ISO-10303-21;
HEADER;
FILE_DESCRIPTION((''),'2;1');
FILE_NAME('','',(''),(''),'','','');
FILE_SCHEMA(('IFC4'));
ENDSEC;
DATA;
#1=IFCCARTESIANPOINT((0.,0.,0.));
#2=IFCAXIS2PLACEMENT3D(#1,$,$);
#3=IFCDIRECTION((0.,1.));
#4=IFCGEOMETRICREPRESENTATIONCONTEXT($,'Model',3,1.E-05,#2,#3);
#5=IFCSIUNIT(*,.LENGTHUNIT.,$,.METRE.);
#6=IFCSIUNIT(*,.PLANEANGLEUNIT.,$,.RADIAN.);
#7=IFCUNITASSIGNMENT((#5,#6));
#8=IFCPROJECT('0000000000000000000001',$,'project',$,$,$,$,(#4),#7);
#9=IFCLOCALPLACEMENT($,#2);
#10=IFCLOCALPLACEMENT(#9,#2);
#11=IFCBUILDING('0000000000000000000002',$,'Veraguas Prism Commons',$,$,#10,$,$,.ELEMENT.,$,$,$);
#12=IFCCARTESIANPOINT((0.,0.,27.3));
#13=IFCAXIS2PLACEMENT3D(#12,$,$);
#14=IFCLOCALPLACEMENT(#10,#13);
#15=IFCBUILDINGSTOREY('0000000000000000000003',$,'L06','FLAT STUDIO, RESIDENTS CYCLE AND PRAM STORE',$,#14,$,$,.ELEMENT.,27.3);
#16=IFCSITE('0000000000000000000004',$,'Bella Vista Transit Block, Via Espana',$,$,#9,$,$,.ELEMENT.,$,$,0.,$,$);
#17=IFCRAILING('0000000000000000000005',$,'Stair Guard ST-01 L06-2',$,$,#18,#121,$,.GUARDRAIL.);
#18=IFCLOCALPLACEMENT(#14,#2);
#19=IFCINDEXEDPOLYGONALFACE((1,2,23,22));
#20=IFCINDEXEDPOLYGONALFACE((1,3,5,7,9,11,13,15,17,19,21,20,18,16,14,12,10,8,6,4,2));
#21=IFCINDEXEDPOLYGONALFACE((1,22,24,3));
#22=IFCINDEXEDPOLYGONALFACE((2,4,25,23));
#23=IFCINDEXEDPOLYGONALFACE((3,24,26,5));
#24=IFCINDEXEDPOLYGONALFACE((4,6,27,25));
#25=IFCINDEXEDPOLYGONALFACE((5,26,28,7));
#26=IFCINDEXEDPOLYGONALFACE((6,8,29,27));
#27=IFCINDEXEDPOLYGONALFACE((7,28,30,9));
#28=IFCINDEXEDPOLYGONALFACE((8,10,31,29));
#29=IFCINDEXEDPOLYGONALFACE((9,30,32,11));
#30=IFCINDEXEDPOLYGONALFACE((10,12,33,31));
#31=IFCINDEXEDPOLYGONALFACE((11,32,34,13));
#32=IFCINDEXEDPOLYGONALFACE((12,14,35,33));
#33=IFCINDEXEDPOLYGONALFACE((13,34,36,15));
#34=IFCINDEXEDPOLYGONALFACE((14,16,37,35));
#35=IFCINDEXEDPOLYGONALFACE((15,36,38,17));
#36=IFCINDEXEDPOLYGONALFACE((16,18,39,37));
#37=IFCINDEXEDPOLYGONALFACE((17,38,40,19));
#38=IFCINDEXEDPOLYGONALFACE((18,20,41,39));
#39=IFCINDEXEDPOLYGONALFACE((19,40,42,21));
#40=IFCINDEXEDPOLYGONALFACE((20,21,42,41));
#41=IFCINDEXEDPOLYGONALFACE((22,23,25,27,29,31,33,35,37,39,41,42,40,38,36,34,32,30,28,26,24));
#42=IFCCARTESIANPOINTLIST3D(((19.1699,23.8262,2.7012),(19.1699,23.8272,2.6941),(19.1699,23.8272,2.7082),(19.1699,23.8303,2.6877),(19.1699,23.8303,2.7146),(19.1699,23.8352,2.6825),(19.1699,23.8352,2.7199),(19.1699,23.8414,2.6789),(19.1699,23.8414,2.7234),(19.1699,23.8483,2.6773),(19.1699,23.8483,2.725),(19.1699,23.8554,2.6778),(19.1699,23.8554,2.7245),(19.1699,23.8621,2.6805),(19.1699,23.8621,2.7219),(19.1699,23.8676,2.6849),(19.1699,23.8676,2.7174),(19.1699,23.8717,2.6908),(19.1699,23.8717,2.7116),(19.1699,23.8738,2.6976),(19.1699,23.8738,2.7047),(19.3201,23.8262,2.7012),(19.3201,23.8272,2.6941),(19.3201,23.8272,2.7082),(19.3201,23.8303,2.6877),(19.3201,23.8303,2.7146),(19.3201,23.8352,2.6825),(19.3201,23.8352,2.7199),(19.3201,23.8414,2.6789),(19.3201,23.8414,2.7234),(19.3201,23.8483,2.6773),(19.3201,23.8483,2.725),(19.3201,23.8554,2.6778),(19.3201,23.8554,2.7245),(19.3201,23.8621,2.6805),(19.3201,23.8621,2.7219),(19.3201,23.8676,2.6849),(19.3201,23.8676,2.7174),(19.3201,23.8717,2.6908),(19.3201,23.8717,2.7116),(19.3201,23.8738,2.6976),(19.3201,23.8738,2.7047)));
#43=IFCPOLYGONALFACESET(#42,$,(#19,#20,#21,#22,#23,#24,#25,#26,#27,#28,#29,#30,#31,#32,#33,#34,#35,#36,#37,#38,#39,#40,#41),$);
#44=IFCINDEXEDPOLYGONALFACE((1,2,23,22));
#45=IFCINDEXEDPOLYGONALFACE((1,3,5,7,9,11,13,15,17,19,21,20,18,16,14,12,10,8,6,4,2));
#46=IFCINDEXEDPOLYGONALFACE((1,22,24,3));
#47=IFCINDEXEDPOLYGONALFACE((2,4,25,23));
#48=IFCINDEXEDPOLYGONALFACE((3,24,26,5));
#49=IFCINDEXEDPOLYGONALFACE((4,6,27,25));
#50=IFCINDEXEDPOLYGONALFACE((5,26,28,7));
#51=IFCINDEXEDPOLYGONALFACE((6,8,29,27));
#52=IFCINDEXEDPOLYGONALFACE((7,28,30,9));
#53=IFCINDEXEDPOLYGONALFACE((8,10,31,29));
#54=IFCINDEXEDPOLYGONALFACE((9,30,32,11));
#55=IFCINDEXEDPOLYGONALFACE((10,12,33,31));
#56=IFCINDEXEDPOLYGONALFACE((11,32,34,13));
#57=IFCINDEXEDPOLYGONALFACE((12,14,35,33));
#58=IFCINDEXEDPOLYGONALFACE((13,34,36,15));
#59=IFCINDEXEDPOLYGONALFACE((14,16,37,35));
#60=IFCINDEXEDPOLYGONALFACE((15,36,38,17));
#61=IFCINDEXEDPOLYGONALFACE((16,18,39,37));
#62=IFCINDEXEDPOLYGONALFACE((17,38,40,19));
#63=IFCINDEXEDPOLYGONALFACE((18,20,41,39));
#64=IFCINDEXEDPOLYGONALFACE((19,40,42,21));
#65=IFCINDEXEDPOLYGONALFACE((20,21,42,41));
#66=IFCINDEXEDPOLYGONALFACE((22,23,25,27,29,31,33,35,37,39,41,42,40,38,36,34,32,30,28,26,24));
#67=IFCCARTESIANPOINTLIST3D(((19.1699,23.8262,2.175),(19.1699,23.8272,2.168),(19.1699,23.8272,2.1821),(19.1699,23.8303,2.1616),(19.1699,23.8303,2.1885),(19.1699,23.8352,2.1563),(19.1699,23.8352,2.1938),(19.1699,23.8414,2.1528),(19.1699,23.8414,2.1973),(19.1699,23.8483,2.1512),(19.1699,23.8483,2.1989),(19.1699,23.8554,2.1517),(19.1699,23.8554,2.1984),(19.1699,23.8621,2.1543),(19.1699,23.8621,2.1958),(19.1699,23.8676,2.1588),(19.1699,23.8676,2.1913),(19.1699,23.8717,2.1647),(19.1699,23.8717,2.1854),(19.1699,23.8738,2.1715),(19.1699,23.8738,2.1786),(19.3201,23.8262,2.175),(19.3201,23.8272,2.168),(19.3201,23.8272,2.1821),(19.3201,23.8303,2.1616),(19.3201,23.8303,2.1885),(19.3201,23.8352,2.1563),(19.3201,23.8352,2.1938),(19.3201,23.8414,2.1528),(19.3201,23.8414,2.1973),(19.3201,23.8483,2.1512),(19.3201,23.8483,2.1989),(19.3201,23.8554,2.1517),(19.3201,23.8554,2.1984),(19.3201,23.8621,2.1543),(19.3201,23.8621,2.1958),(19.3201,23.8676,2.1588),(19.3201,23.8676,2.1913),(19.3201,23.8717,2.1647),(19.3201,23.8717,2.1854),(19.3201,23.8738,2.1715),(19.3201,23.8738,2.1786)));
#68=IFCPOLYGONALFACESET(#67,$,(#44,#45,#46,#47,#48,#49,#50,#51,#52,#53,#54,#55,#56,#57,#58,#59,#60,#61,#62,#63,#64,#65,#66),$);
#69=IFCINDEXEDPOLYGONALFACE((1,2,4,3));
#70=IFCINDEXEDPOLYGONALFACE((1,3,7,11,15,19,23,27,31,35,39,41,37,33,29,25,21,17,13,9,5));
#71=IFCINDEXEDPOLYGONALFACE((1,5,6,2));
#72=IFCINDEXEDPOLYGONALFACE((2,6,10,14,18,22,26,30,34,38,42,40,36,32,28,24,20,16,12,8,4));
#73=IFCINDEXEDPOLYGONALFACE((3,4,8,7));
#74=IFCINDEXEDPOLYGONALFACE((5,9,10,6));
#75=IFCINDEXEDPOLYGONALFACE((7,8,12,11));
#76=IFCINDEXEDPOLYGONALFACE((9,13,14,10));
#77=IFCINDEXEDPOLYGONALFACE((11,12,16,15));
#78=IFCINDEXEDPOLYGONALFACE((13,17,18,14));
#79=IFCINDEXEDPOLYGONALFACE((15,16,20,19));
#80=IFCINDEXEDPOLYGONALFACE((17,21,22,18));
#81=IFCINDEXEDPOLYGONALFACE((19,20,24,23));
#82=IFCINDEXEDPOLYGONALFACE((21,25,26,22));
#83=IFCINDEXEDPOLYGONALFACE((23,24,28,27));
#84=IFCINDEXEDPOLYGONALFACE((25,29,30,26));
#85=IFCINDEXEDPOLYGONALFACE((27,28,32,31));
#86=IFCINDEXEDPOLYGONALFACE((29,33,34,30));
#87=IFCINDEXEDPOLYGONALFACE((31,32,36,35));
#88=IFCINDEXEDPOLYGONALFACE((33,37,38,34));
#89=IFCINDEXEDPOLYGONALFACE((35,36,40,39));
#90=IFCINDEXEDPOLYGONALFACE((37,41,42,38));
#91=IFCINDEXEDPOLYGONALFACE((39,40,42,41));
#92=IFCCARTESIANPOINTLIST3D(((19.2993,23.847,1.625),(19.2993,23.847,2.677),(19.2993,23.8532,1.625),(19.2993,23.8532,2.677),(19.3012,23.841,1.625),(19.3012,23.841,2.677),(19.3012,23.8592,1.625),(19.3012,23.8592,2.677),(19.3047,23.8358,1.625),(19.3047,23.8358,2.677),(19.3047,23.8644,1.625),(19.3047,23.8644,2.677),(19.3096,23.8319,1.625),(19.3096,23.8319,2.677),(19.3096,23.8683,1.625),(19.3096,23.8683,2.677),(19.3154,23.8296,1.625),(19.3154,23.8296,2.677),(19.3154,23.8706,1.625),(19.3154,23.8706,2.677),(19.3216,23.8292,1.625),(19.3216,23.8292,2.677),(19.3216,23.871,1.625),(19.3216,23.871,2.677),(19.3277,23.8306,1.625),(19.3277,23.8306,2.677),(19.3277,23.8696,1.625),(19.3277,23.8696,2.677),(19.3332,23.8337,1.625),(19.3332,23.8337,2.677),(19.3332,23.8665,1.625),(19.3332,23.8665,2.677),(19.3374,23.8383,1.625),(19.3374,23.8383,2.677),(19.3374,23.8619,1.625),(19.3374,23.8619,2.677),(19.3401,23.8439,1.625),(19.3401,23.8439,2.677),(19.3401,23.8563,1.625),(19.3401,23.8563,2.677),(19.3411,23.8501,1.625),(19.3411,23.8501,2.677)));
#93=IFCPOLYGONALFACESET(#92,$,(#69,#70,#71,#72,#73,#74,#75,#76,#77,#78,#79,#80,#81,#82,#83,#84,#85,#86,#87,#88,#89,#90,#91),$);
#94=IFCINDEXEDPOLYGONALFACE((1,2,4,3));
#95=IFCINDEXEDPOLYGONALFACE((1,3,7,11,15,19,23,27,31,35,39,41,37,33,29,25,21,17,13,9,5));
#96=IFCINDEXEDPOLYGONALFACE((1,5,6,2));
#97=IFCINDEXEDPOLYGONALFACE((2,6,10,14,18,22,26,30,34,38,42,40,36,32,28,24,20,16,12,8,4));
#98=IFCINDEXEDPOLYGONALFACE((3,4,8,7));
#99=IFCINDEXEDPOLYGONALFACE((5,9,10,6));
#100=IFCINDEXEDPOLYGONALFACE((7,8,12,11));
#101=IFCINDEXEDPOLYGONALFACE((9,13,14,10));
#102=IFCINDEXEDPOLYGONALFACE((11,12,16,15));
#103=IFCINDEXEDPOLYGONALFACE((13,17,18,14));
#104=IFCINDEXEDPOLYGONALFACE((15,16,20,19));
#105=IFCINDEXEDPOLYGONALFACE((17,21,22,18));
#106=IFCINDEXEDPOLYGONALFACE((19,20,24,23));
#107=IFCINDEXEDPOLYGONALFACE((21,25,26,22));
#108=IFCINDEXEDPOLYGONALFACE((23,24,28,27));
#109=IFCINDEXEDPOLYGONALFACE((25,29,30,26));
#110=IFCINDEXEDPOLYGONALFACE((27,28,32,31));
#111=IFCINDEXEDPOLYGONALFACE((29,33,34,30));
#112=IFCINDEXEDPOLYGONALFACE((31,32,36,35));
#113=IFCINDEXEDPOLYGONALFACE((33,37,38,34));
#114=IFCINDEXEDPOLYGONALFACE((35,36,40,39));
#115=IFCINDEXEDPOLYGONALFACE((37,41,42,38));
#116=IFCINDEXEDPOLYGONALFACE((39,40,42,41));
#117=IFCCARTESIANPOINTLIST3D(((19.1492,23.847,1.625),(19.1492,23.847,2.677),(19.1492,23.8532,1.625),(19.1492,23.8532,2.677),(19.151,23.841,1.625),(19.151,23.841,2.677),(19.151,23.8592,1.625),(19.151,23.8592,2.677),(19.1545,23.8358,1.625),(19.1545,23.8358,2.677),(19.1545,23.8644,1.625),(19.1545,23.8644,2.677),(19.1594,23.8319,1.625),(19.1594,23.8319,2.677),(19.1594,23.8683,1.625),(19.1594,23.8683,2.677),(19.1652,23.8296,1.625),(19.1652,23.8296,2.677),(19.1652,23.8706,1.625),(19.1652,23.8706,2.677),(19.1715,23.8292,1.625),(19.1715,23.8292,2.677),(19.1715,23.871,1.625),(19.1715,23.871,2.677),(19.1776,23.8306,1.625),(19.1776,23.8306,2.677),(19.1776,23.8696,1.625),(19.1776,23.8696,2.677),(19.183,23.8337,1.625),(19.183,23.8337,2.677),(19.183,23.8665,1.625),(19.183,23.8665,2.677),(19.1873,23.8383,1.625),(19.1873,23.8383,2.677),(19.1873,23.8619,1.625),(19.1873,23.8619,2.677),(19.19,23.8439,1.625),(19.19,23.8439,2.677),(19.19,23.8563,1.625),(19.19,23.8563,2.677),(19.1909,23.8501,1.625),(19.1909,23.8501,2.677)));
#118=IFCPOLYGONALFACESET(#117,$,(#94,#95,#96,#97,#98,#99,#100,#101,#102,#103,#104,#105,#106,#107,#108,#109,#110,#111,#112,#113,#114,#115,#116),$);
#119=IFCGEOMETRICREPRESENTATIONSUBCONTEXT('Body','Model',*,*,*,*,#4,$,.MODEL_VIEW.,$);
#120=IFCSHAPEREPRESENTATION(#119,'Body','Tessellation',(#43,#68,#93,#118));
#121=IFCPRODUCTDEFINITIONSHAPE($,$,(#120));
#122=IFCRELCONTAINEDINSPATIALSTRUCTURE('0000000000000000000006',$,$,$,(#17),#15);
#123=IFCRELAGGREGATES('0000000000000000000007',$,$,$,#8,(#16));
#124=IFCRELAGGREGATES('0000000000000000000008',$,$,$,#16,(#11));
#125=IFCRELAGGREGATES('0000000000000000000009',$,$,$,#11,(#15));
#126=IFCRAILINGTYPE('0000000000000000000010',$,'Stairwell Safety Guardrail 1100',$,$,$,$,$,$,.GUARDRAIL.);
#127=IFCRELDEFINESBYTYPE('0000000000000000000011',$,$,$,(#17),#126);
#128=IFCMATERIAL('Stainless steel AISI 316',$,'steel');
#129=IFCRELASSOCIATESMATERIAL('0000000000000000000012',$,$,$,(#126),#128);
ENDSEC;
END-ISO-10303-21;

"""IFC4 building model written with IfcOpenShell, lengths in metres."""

from ifc_helpers import new_model, si_unit, direction, frame, origin, origin_2d, place, context, subcontext, project, spatial, circle, extrude, material, type_object, element, save


model = new_model("IFC4")

# Units and contexts
model_context = context("Model", 3, precision=1e-05, world=origin(), true_north=direction((0.0, 1.0)))
body_context = subcontext(model_context, "Body", "Model", "MODEL_VIEW")
ifc_project = project(units=[si_unit("LENGTHUNIT", "METRE"), si_unit("PLANEANGLEUNIT", "RADIAN")], contexts=[model_context])

# Site, building, storey
site_placement = place(None, origin())
site = spatial("IfcSite", under=ifc_project, at=site_placement, Name="Bella Vista Transit Block, Via Espana", CompositionType="ELEMENT", RefElevation=0.0)
building_placement = place(site_placement, origin())
building = spatial("IfcBuilding", under=site, at=building_placement, Name="Veraguas Prism Commons", CompositionType="ELEMENT")
storey_placement = place(building_placement, frame((0.0, 0.0, 27.3)))
storey = spatial("IfcBuildingStorey", under=building, at=storey_placement, Name="L06", Description="FLAT STUDIO, RESIDENTS CYCLE AND PRAM STORE", CompositionType="ELEMENT", Elevation=27.3)

# Railing
ifc_material_1 = material(Name="Stainless steel AISI 316", Category="steel")
railing_type_1 = type_object("IfcRailingType", Name="Stairwell Safety Guardrail 1100", PredefinedType="GUARDRAIL", material=ifc_material_1)
railing_1_placement = place(storey_placement, frame((19.3201, 23.8501, 1.625)))
element("IfcRailing", 1, at=railing_1_placement, inside=storey, type_object=railing_type_1, Name="Stair Guard ST-01 L06-2", PredefinedType="GUARDRAIL", context=body_context, shape_type="SweptSolid", body=[
    extrude(circle(Radius=0.0239, at=origin_2d()), frame((0.0, 0.0, 1.0762), z_axis=(-1.0, 0.0, 0.0), x_axis=(0.0, -1.0, 0.0)), (0.0, 0.0, 1.0), 0.1501),
    extrude(circle(Radius=0.0239, at=origin_2d()), frame((0.0, 0.0, 0.55), z_axis=(-1.0, 0.0, 0.0), x_axis=(0.0, -1.0, 0.0)), (0.0, 0.0, 1.0), 0.1501),
    extrude(circle(Radius=0.021, at=origin_2d()), origin(), (0.0, 0.0, 1.0), 1.052),
    extrude(circle(Radius=0.021, at=origin_2d()), frame((-0.1501, 0.0, 0.0)), (0.0, 0.0, 1.0), 1.052),
])

save(model, "model.ifc")
